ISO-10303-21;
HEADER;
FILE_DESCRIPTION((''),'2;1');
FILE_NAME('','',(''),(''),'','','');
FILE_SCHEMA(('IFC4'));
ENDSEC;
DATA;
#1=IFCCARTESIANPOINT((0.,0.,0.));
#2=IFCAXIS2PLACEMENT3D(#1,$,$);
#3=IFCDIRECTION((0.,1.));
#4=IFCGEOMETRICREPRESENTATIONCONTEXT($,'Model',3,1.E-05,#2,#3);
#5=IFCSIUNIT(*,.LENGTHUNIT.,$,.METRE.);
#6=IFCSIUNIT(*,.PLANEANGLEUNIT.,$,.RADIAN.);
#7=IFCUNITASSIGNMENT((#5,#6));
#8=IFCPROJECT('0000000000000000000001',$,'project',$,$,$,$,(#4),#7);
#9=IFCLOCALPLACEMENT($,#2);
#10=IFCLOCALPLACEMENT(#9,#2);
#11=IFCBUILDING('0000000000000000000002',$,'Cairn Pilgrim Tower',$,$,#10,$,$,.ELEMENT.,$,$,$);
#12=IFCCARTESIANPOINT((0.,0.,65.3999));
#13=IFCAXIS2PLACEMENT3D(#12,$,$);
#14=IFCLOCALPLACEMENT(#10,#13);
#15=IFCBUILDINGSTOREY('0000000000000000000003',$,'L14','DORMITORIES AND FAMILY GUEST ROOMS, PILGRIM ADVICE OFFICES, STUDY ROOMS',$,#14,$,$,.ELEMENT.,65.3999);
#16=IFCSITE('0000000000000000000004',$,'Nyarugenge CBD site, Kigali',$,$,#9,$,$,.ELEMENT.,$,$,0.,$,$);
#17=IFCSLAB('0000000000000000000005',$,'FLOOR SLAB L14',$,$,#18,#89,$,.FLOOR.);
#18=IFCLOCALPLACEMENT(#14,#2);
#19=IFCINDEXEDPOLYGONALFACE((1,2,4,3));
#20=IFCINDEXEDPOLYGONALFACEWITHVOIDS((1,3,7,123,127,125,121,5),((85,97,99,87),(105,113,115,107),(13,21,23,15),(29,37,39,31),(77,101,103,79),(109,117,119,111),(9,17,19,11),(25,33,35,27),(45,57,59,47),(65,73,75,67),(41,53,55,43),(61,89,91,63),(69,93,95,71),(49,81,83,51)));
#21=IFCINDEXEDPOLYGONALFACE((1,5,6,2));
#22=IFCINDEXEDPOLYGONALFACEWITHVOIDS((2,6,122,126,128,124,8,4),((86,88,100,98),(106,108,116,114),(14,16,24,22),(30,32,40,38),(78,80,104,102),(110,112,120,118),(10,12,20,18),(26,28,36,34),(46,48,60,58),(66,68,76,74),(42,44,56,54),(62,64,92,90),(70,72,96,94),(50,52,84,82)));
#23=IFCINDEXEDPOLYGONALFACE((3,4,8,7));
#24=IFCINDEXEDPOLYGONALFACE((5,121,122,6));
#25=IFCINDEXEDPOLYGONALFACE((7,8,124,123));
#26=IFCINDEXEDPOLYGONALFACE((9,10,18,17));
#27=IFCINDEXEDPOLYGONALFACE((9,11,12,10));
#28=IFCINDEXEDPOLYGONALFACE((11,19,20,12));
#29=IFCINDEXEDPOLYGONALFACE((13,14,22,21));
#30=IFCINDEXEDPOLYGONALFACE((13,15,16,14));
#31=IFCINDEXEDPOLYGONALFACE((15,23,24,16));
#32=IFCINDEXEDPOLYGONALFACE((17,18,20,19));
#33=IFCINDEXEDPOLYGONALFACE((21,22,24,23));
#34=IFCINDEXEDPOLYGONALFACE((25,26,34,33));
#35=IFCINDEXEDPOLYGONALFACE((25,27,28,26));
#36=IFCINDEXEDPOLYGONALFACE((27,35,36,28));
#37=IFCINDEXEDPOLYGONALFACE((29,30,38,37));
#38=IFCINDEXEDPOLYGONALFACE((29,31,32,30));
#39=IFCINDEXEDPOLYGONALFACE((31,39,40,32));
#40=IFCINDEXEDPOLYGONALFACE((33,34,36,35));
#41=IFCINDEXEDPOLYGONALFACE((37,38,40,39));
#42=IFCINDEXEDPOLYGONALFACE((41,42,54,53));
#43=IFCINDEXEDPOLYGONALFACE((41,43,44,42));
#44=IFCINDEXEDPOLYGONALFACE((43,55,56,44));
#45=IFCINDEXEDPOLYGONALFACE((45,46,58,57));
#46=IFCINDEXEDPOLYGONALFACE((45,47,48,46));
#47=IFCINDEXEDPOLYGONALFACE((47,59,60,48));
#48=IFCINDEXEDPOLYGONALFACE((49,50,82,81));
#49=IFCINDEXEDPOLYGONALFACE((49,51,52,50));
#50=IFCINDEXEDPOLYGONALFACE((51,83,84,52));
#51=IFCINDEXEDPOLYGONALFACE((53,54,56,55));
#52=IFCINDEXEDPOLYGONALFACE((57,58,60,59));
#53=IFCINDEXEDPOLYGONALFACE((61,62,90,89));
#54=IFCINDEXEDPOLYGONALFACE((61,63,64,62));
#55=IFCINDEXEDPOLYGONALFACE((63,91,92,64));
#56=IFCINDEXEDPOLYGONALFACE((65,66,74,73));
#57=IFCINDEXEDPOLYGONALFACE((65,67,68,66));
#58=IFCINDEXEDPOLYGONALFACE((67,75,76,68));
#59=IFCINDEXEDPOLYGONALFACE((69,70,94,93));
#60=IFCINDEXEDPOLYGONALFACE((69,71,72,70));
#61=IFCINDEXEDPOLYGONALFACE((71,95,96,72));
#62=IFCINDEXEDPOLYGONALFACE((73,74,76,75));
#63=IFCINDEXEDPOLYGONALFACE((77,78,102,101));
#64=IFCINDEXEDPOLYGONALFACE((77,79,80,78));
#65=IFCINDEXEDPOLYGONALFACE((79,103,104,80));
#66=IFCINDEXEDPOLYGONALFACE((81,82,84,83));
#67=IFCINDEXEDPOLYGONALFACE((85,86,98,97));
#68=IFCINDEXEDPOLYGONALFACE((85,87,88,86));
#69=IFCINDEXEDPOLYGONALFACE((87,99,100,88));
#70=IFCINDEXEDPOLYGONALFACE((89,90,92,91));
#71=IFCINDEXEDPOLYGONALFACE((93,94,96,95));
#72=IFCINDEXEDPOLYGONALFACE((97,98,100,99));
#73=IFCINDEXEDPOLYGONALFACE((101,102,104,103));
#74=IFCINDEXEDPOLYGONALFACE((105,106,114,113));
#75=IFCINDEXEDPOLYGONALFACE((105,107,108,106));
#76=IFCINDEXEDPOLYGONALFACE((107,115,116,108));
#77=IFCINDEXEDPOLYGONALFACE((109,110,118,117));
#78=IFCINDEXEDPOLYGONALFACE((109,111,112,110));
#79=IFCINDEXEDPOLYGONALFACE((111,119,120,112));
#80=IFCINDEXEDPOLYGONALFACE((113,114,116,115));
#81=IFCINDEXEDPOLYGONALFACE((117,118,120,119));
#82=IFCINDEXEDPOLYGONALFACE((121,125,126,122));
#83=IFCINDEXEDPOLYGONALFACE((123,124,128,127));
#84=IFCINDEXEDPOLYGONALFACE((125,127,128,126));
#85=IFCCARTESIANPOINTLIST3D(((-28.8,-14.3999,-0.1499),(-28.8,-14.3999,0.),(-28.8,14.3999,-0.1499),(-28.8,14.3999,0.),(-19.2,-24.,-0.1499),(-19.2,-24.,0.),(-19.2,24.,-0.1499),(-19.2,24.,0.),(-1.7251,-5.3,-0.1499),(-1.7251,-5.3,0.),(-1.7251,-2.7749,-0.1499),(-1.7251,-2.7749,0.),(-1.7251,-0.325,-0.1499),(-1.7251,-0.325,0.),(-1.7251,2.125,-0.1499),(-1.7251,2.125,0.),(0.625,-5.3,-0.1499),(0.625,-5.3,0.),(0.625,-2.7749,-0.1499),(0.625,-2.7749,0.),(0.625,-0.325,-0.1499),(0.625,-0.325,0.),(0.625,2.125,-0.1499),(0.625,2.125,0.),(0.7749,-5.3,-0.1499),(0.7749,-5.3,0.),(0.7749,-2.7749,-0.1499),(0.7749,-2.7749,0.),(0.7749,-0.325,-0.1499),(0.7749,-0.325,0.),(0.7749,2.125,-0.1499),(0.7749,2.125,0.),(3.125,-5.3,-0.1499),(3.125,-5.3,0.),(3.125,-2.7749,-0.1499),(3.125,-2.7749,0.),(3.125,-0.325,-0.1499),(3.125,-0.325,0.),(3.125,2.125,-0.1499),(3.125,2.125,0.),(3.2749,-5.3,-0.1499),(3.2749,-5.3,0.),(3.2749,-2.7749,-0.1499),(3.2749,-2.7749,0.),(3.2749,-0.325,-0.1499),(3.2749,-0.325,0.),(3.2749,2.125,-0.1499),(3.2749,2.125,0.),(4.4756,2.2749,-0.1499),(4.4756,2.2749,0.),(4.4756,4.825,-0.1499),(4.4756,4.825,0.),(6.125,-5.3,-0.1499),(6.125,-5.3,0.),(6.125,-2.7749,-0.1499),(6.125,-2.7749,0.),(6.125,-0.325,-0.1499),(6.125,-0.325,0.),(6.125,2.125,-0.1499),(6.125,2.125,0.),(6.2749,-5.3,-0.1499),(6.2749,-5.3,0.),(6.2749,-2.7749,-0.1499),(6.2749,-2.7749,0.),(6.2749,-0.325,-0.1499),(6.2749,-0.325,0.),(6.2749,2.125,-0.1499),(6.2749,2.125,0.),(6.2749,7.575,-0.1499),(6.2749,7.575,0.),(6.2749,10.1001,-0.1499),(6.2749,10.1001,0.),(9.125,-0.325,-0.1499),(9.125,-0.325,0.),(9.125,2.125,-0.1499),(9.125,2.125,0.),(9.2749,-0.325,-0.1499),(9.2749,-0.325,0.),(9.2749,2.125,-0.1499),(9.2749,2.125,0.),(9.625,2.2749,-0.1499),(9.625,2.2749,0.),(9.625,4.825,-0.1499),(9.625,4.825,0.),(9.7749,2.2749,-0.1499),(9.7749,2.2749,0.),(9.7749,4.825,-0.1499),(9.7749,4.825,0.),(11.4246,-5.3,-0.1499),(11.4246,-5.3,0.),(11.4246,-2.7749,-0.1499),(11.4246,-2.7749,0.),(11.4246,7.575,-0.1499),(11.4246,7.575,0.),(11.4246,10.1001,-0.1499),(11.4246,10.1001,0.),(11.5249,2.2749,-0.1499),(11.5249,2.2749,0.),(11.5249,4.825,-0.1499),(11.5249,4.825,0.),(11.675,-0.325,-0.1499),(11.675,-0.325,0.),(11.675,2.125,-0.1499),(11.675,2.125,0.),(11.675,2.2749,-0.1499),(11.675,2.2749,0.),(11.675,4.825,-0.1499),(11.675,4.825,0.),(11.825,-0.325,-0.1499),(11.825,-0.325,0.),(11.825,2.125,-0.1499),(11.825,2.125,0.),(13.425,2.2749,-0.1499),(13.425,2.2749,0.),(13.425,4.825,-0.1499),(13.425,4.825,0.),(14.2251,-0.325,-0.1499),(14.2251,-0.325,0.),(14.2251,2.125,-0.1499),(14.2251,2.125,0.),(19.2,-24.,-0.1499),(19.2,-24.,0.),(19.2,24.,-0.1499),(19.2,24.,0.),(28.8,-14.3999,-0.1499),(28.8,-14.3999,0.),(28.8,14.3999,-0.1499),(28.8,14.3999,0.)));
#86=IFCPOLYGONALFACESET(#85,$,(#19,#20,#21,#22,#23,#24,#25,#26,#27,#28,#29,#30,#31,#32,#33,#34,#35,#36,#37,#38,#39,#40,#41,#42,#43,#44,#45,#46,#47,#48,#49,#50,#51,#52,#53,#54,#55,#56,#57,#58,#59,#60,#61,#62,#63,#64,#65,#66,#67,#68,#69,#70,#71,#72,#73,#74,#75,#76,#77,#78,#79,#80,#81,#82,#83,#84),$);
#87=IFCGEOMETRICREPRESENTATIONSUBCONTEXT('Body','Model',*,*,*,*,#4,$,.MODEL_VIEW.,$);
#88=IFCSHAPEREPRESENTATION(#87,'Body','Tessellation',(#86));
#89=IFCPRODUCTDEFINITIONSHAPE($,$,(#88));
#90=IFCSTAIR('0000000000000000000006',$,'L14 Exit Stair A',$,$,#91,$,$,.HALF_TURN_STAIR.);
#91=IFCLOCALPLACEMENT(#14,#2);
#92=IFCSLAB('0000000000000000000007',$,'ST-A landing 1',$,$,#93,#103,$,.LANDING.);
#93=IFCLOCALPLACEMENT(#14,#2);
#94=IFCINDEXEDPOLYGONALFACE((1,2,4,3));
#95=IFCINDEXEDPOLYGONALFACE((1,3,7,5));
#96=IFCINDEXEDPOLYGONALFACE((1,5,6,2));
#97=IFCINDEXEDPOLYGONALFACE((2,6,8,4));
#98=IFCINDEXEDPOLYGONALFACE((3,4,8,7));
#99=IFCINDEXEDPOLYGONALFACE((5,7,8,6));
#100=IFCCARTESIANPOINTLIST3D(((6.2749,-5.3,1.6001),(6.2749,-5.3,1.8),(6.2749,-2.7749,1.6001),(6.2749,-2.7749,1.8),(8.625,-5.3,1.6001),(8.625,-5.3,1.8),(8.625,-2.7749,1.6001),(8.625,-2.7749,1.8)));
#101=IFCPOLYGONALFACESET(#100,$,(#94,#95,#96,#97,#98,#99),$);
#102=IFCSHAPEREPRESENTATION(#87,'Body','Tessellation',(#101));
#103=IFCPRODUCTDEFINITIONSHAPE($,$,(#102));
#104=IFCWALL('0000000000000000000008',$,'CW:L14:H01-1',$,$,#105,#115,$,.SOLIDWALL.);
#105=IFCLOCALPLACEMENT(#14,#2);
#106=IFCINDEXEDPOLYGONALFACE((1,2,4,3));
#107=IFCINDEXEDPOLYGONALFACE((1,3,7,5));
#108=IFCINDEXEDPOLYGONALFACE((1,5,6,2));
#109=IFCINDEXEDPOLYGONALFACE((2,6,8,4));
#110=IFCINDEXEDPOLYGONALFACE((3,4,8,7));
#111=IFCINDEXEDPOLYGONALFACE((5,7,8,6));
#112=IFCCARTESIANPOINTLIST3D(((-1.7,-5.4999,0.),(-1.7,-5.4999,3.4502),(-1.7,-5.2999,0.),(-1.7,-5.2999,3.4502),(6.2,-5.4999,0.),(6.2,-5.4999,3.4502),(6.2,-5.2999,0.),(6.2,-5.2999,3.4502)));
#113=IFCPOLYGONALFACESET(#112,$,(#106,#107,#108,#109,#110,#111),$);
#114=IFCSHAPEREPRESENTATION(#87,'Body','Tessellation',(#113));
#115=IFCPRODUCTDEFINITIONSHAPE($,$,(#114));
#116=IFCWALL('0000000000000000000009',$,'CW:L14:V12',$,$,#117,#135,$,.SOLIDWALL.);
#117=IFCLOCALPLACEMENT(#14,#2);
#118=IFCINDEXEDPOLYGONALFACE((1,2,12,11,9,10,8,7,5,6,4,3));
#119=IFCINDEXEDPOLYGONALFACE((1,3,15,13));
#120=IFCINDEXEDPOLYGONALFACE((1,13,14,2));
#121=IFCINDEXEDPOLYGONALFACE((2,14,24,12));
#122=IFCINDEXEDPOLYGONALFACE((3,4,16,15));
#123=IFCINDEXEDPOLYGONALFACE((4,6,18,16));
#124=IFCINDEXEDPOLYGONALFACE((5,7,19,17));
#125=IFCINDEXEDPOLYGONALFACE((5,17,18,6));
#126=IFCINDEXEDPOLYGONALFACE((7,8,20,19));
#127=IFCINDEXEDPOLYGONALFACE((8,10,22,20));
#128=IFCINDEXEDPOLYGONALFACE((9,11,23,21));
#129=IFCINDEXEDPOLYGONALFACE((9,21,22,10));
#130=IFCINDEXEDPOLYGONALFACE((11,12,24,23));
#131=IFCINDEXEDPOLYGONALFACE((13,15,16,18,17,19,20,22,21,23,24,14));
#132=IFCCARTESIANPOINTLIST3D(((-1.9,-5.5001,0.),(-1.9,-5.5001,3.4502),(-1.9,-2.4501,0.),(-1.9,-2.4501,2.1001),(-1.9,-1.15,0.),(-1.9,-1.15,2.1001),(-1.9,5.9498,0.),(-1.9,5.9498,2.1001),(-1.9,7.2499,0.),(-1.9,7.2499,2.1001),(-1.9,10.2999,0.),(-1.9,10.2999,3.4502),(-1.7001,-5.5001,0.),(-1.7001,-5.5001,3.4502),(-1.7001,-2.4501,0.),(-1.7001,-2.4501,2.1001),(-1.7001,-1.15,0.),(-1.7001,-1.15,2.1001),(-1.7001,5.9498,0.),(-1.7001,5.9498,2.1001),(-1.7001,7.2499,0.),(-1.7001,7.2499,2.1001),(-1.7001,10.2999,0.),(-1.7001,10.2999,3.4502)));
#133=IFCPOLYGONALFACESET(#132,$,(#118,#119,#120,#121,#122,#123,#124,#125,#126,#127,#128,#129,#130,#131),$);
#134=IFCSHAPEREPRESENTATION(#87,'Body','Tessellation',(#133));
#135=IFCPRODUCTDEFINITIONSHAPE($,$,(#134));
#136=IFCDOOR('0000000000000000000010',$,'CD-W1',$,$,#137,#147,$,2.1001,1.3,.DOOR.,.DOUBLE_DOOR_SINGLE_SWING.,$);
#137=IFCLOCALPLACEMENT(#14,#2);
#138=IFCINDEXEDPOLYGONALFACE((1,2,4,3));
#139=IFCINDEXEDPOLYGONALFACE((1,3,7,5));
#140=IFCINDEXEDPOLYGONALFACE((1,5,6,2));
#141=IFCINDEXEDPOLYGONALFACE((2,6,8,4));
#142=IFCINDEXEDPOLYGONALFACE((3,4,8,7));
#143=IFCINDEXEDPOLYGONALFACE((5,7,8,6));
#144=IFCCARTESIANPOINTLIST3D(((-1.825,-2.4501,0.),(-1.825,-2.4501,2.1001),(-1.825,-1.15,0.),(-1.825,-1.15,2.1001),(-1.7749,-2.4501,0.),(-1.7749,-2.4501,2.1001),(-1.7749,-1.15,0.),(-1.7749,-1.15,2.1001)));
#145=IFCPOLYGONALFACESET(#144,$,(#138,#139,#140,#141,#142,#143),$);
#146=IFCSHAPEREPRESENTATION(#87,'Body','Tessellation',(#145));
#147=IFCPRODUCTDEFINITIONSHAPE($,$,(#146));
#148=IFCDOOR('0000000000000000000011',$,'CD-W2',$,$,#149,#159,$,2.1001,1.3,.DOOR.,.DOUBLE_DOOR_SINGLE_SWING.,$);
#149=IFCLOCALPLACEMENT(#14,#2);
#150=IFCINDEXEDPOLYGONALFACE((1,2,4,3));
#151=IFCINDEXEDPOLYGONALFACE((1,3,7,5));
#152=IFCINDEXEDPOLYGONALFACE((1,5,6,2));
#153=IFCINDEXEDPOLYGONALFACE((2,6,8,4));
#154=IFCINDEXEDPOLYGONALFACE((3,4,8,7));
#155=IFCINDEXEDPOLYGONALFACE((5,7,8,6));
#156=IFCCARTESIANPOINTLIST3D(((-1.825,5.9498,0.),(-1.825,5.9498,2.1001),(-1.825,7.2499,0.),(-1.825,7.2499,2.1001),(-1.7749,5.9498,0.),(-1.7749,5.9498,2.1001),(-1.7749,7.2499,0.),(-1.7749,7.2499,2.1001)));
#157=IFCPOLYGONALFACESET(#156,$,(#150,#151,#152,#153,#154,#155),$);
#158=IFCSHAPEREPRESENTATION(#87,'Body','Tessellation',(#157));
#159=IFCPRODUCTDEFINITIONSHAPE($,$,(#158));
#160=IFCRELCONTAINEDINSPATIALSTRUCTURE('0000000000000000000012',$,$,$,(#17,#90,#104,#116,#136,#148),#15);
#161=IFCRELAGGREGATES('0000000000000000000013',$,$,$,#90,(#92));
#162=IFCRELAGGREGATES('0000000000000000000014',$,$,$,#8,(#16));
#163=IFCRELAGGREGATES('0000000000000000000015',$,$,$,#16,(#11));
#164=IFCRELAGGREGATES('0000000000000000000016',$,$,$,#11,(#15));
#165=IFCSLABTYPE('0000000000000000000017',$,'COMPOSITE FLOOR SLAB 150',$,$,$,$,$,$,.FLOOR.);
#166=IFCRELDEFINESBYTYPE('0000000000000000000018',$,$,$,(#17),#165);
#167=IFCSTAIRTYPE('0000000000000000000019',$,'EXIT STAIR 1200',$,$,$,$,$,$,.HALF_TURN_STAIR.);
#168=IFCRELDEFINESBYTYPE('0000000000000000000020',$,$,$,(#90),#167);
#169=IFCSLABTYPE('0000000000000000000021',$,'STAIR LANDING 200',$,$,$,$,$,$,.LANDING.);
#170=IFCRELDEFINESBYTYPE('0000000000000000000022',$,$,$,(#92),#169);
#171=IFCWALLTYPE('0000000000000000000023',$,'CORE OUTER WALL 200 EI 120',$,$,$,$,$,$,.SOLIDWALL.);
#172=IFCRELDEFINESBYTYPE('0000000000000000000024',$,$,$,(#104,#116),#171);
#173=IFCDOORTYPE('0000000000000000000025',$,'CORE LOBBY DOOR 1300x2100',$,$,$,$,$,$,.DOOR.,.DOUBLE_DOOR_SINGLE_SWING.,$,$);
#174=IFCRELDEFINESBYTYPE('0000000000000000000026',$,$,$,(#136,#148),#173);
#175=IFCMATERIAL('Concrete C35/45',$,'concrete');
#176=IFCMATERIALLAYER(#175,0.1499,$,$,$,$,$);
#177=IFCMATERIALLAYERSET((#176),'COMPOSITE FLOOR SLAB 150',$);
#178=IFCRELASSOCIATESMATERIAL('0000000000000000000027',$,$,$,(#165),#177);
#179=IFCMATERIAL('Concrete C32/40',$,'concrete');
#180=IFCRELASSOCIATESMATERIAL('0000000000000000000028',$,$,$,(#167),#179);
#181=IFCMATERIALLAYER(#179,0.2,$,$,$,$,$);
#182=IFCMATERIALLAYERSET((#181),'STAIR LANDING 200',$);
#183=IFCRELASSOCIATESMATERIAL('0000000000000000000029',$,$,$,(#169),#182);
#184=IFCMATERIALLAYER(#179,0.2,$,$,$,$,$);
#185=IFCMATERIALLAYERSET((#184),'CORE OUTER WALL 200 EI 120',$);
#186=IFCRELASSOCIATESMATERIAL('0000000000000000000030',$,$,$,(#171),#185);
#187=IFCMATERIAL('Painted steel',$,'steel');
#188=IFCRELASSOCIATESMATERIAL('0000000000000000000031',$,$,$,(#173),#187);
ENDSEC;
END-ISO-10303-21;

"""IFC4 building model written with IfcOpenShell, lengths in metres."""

from ifc_helpers import new_model, si_unit, direction, frame, frame_2d, origin, place, context, subcontext, project, spatial, polyline, rectangle, outline, extrude, material, layer, layer_set, type_object, element, fill, aggregate, save


model = new_model("IFC4")

# Units and contexts
model_context = context("Model", 3, precision=1e-05, world=origin(), true_north=direction((0.0, 1.0)))
body_context = subcontext(model_context, "Body", "Model", "MODEL_VIEW")
ifc_project = project(units=[si_unit("LENGTHUNIT", "METRE"), si_unit("PLANEANGLEUNIT", "RADIAN")], contexts=[model_context])

# Site, building, storey
site_placement = place(None, origin())
site = spatial("IfcSite", under=ifc_project, at=site_placement, Name="Nyarugenge CBD site, Kigali", CompositionType="ELEMENT", RefElevation=0.0)
building_placement = place(site_placement, origin())
building = spatial("IfcBuilding", under=site, at=building_placement, Name="Cairn Pilgrim Tower", CompositionType="ELEMENT")
storey_placement = place(building_placement, frame((0.0, 0.0, 65.3999)))
storey = spatial("IfcBuildingStorey", under=building, at=storey_placement, Name="L14", Description="DORMITORIES AND FAMILY GUEST ROOMS, PILGRIM ADVICE OFFICES, STUDY ROOMS", CompositionType="ELEMENT", Elevation=65.3999)

# Slab
ifc_material_1 = material(Name="Concrete C35/45", Category="concrete")
ifc_layer_1 = layer(ifc_material_1, 0.1499)
ifc_layer_set_1 = layer_set([ifc_layer_1], Name="COMPOSITE FLOOR SLAB 150")
slab_type_1 = type_object("IfcSlabType", Name="COMPOSITE FLOOR SLAB 150", PredefinedType="FLOOR", material=ifc_layer_set_1)
slab_1_placement = place(storey_placement, frame((0.0, 0.0, -0.1499)))
element("IfcSlab", 1, at=slab_1_placement, inside=storey, type_object=slab_type_1, Name="FLOOR SLAB L14", PredefinedType="FLOOR", context=body_context, shape_type="SweptSolid", body=[
    extrude(outline(polyline([(-19.2, -24.0), (19.2, -24.0), (28.8, -14.3999), (28.8, 14.3999), (19.2, 24.0), (-19.2, 24.0), (-28.8, 14.3999), (-28.8, -14.3999), (-19.2, -24.0)]), holes=[polyline([(-1.7251, -5.3), (0.625, -5.3), (0.625, -2.7749), (-1.7251, -2.7749), (-1.7251, -5.3)]), polyline([(0.7749, -5.3), (3.125, -5.3), (3.125, -2.7749), (0.7749, -2.7749), (0.7749, -5.3)]), polyline([(-1.7251, -0.325), (0.625, -0.325), (0.625, 2.125), (-1.7251, 2.125), (-1.7251, -0.325)]), polyline([(0.7749, -0.325), (3.125, -0.325), (3.125, 2.125), (0.7749, 2.125), (0.7749, -0.325)]), polyline([(3.2749, -5.3), (6.125, -5.3), (6.125, -2.7749), (3.2749, -2.7749), (3.2749, -5.3)]), polyline([(3.2749, -0.325), (6.125, -0.325), (6.125, 2.125), (3.2749, 2.125), (3.2749, -0.325)]), polyline([(6.2749, -0.325), (9.125, -0.325), (9.125, 2.125), (6.2749, 2.125), (6.2749, -0.325)]), polyline([(9.2749, -0.325), (11.675, -0.325), (11.675, 2.125), (9.2749, 2.125), (9.2749, -0.325)]), polyline([(11.825, -0.325), (14.2251, -0.325), (14.2251, 2.125), (11.825, 2.125), (11.825, -0.325)]), polyline([(9.7749, 2.2749), (11.5249, 2.2749), (11.5249, 4.825), (9.7749, 4.825), (9.7749, 2.2749)]), polyline([(11.675, 2.2749), (13.425, 2.2749), (13.425, 4.825), (11.675, 4.825), (11.675, 2.2749)]), polyline([(11.4246, -2.7749), (6.2749, -2.7749), (6.2749, -5.3), (11.4246, -5.3), (11.4246, -2.7749)]), polyline([(4.4756, 2.2749), (9.625, 2.2749), (9.625, 4.825), (4.4756, 4.825), (4.4756, 2.2749)]), polyline([(11.4246, 10.1001), (6.2749, 10.1001), (6.2749, 7.575), (11.4246, 7.575), (11.4246, 10.1001)])]), origin(), (0.0, 0.0, 1.0), 0.1499),
])

# Stair, slab
ifc_material_2 = material(Name="Concrete C32/40", Category="concrete")
stair_type = type_object("IfcStairType", Name="EXIT STAIR 1200", PredefinedType="HALF_TURN_STAIR", material=ifc_material_2)
stair_placement = place(storey_placement, origin())
stair = element("IfcStair", 2, at=stair_placement, inside=storey, type_object=stair_type, Name="L14 Exit Stair A", PredefinedType="HALF_TURN_STAIR")
ifc_layer_2 = layer(ifc_material_2, 0.2)
ifc_layer_set_2 = layer_set([ifc_layer_2], Name="STAIR LANDING 200")
slab_type_2 = type_object("IfcSlabType", Name="STAIR LANDING 200", PredefinedType="LANDING", material=ifc_layer_set_2)
slab_2_placement = place(storey_placement, frame((0.0, 0.0, 1.6001)))
slab_2 = element("IfcSlab", 3, at=slab_2_placement, type_object=slab_type_2, Name="ST-A landing 1", PredefinedType="LANDING", context=body_context, shape_type="SweptSolid", body=[
    extrude(outline(polyline([(8.625, -2.7749), (6.2749, -2.7749), (6.2749, -5.3), (8.625, -5.3), (8.625, -2.7749)])), origin(), (0.0, 0.0, 1.0), 0.2),
])
aggregate(stair, [slab_2])

# Wall
ifc_layer_3 = layer(ifc_material_2, 0.2)
ifc_layer_set_3 = layer_set([ifc_layer_3], Name="CORE OUTER WALL 200 EI 120")
wall_type_1 = type_object("IfcWallType", Name="CORE OUTER WALL 200 EI 120", PredefinedType="SOLIDWALL", material=ifc_layer_set_3)
wall_1_placement = place(storey_placement, frame((-1.7, -5.3999, 0.0), z_axis=(0.0, 0.0, 1.0), x_axis=(1.0, 0.0, 0.0)))
element("IfcWall", 4, at=wall_1_placement, inside=storey, type_object=wall_type_1, Name="CW:L14:H01-1", PredefinedType="SOLIDWALL", context=body_context, shape_type="SweptSolid", body=[
    extrude(rectangle(XDim=7.8999, YDim=0.2, at=frame_2d((3.95, 0.0))), origin(), (0.0, 0.0, 1.0), 3.4502),
])

# Wall, openings, doors
wall_2_placement = place(storey_placement, frame((-1.8, -5.5, 0.0), z_axis=(0.0, 0.0, 1.0), x_axis=(0.0, 1.0, 0.0)))
wall_2 = element("IfcWall", 5, at=wall_2_placement, inside=storey, type_object=wall_type_1, Name="CW:L14:V12", PredefinedType="SOLIDWALL", context=body_context, shape_type="SweptSolid", body=[
    extrude(rectangle(XDim=15.8, YDim=0.2, at=frame_2d((7.8999, 0.0))), origin(), (0.0, 0.0, 1.0), 3.4502),
])
opening_1_placement = place(wall_2_placement, frame((3.05, 0.0, 0.0)))
opening_1 = element("IfcOpeningElement", 6, at=opening_1_placement, cuts=wall_2, PredefinedType="OPENING", context=body_context, shape_type="SweptSolid", body=[
    extrude(rectangle(XDim=1.3, YDim=2.1001, at=frame_2d((0.6499, 1.05))), frame((0.0, 0.1099, 0.0), z_axis=(0.0, -1.0, 0.0), x_axis=(1.0, 0.0, 0.0)), (0.0, 0.0, 1.0), 0.22),
])
opening_2_placement = place(wall_2_placement, frame((11.45, 0.0, 0.0)))
opening_2 = element("IfcOpeningElement", 7, at=opening_2_placement, cuts=wall_2, PredefinedType="OPENING", context=body_context, shape_type="SweptSolid", body=[
    extrude(rectangle(XDim=1.3, YDim=2.1001, at=frame_2d((0.6499, 1.05))), frame((0.0, 0.1099, 0.0), z_axis=(0.0, -1.0, 0.0), x_axis=(1.0, 0.0, 0.0)), (0.0, 0.0, 1.0), 0.22),
])
ifc_material_3 = material(Name="Painted steel", Category="steel")
door_type_1 = type_object("IfcDoorType", Name="CORE LOBBY DOOR 1300x2100", OperationType="DOUBLE_DOOR_SINGLE_SWING", PredefinedType="DOOR", material=ifc_material_3)
door_1_placement = place(opening_1_placement, origin())
door_1 = element("IfcDoor", 8, at=door_1_placement, inside=storey, type_object=door_type_1, Name="CD-W1", OperationType="DOUBLE_DOOR_SINGLE_SWING", OverallHeight=2.1001, OverallWidth=1.3, PredefinedType="DOOR", context=body_context, shape_type="SweptSolid", body=[
    extrude(rectangle(XDim=1.3, YDim=2.1001, at=frame_2d((0.6499, 1.05))), frame((0.0, 0.0249, 0.0), z_axis=(0.0, -1.0, 0.0), x_axis=(1.0, 0.0, 0.0)), (0.0, 0.0, 1.0), 0.05),
])
fill(opening_1, door_1)
door_2_placement = place(opening_2_placement, origin())
door_2 = element("IfcDoor", 9, at=door_2_placement, inside=storey, type_object=door_type_1, Name="CD-W2", OperationType="DOUBLE_DOOR_SINGLE_SWING", OverallHeight=2.1001, OverallWidth=1.3, PredefinedType="DOOR", context=body_context, shape_type="SweptSolid", body=[
    extrude(rectangle(XDim=1.3, YDim=2.1001, at=frame_2d((0.6499, 1.05))), frame((0.0, 0.0249, 0.0), z_axis=(0.0, -1.0, 0.0), x_axis=(1.0, 0.0, 0.0)), (0.0, 0.0, 1.0), 0.05),
])
fill(opening_2, door_2)

save(model, "model.ifc")
